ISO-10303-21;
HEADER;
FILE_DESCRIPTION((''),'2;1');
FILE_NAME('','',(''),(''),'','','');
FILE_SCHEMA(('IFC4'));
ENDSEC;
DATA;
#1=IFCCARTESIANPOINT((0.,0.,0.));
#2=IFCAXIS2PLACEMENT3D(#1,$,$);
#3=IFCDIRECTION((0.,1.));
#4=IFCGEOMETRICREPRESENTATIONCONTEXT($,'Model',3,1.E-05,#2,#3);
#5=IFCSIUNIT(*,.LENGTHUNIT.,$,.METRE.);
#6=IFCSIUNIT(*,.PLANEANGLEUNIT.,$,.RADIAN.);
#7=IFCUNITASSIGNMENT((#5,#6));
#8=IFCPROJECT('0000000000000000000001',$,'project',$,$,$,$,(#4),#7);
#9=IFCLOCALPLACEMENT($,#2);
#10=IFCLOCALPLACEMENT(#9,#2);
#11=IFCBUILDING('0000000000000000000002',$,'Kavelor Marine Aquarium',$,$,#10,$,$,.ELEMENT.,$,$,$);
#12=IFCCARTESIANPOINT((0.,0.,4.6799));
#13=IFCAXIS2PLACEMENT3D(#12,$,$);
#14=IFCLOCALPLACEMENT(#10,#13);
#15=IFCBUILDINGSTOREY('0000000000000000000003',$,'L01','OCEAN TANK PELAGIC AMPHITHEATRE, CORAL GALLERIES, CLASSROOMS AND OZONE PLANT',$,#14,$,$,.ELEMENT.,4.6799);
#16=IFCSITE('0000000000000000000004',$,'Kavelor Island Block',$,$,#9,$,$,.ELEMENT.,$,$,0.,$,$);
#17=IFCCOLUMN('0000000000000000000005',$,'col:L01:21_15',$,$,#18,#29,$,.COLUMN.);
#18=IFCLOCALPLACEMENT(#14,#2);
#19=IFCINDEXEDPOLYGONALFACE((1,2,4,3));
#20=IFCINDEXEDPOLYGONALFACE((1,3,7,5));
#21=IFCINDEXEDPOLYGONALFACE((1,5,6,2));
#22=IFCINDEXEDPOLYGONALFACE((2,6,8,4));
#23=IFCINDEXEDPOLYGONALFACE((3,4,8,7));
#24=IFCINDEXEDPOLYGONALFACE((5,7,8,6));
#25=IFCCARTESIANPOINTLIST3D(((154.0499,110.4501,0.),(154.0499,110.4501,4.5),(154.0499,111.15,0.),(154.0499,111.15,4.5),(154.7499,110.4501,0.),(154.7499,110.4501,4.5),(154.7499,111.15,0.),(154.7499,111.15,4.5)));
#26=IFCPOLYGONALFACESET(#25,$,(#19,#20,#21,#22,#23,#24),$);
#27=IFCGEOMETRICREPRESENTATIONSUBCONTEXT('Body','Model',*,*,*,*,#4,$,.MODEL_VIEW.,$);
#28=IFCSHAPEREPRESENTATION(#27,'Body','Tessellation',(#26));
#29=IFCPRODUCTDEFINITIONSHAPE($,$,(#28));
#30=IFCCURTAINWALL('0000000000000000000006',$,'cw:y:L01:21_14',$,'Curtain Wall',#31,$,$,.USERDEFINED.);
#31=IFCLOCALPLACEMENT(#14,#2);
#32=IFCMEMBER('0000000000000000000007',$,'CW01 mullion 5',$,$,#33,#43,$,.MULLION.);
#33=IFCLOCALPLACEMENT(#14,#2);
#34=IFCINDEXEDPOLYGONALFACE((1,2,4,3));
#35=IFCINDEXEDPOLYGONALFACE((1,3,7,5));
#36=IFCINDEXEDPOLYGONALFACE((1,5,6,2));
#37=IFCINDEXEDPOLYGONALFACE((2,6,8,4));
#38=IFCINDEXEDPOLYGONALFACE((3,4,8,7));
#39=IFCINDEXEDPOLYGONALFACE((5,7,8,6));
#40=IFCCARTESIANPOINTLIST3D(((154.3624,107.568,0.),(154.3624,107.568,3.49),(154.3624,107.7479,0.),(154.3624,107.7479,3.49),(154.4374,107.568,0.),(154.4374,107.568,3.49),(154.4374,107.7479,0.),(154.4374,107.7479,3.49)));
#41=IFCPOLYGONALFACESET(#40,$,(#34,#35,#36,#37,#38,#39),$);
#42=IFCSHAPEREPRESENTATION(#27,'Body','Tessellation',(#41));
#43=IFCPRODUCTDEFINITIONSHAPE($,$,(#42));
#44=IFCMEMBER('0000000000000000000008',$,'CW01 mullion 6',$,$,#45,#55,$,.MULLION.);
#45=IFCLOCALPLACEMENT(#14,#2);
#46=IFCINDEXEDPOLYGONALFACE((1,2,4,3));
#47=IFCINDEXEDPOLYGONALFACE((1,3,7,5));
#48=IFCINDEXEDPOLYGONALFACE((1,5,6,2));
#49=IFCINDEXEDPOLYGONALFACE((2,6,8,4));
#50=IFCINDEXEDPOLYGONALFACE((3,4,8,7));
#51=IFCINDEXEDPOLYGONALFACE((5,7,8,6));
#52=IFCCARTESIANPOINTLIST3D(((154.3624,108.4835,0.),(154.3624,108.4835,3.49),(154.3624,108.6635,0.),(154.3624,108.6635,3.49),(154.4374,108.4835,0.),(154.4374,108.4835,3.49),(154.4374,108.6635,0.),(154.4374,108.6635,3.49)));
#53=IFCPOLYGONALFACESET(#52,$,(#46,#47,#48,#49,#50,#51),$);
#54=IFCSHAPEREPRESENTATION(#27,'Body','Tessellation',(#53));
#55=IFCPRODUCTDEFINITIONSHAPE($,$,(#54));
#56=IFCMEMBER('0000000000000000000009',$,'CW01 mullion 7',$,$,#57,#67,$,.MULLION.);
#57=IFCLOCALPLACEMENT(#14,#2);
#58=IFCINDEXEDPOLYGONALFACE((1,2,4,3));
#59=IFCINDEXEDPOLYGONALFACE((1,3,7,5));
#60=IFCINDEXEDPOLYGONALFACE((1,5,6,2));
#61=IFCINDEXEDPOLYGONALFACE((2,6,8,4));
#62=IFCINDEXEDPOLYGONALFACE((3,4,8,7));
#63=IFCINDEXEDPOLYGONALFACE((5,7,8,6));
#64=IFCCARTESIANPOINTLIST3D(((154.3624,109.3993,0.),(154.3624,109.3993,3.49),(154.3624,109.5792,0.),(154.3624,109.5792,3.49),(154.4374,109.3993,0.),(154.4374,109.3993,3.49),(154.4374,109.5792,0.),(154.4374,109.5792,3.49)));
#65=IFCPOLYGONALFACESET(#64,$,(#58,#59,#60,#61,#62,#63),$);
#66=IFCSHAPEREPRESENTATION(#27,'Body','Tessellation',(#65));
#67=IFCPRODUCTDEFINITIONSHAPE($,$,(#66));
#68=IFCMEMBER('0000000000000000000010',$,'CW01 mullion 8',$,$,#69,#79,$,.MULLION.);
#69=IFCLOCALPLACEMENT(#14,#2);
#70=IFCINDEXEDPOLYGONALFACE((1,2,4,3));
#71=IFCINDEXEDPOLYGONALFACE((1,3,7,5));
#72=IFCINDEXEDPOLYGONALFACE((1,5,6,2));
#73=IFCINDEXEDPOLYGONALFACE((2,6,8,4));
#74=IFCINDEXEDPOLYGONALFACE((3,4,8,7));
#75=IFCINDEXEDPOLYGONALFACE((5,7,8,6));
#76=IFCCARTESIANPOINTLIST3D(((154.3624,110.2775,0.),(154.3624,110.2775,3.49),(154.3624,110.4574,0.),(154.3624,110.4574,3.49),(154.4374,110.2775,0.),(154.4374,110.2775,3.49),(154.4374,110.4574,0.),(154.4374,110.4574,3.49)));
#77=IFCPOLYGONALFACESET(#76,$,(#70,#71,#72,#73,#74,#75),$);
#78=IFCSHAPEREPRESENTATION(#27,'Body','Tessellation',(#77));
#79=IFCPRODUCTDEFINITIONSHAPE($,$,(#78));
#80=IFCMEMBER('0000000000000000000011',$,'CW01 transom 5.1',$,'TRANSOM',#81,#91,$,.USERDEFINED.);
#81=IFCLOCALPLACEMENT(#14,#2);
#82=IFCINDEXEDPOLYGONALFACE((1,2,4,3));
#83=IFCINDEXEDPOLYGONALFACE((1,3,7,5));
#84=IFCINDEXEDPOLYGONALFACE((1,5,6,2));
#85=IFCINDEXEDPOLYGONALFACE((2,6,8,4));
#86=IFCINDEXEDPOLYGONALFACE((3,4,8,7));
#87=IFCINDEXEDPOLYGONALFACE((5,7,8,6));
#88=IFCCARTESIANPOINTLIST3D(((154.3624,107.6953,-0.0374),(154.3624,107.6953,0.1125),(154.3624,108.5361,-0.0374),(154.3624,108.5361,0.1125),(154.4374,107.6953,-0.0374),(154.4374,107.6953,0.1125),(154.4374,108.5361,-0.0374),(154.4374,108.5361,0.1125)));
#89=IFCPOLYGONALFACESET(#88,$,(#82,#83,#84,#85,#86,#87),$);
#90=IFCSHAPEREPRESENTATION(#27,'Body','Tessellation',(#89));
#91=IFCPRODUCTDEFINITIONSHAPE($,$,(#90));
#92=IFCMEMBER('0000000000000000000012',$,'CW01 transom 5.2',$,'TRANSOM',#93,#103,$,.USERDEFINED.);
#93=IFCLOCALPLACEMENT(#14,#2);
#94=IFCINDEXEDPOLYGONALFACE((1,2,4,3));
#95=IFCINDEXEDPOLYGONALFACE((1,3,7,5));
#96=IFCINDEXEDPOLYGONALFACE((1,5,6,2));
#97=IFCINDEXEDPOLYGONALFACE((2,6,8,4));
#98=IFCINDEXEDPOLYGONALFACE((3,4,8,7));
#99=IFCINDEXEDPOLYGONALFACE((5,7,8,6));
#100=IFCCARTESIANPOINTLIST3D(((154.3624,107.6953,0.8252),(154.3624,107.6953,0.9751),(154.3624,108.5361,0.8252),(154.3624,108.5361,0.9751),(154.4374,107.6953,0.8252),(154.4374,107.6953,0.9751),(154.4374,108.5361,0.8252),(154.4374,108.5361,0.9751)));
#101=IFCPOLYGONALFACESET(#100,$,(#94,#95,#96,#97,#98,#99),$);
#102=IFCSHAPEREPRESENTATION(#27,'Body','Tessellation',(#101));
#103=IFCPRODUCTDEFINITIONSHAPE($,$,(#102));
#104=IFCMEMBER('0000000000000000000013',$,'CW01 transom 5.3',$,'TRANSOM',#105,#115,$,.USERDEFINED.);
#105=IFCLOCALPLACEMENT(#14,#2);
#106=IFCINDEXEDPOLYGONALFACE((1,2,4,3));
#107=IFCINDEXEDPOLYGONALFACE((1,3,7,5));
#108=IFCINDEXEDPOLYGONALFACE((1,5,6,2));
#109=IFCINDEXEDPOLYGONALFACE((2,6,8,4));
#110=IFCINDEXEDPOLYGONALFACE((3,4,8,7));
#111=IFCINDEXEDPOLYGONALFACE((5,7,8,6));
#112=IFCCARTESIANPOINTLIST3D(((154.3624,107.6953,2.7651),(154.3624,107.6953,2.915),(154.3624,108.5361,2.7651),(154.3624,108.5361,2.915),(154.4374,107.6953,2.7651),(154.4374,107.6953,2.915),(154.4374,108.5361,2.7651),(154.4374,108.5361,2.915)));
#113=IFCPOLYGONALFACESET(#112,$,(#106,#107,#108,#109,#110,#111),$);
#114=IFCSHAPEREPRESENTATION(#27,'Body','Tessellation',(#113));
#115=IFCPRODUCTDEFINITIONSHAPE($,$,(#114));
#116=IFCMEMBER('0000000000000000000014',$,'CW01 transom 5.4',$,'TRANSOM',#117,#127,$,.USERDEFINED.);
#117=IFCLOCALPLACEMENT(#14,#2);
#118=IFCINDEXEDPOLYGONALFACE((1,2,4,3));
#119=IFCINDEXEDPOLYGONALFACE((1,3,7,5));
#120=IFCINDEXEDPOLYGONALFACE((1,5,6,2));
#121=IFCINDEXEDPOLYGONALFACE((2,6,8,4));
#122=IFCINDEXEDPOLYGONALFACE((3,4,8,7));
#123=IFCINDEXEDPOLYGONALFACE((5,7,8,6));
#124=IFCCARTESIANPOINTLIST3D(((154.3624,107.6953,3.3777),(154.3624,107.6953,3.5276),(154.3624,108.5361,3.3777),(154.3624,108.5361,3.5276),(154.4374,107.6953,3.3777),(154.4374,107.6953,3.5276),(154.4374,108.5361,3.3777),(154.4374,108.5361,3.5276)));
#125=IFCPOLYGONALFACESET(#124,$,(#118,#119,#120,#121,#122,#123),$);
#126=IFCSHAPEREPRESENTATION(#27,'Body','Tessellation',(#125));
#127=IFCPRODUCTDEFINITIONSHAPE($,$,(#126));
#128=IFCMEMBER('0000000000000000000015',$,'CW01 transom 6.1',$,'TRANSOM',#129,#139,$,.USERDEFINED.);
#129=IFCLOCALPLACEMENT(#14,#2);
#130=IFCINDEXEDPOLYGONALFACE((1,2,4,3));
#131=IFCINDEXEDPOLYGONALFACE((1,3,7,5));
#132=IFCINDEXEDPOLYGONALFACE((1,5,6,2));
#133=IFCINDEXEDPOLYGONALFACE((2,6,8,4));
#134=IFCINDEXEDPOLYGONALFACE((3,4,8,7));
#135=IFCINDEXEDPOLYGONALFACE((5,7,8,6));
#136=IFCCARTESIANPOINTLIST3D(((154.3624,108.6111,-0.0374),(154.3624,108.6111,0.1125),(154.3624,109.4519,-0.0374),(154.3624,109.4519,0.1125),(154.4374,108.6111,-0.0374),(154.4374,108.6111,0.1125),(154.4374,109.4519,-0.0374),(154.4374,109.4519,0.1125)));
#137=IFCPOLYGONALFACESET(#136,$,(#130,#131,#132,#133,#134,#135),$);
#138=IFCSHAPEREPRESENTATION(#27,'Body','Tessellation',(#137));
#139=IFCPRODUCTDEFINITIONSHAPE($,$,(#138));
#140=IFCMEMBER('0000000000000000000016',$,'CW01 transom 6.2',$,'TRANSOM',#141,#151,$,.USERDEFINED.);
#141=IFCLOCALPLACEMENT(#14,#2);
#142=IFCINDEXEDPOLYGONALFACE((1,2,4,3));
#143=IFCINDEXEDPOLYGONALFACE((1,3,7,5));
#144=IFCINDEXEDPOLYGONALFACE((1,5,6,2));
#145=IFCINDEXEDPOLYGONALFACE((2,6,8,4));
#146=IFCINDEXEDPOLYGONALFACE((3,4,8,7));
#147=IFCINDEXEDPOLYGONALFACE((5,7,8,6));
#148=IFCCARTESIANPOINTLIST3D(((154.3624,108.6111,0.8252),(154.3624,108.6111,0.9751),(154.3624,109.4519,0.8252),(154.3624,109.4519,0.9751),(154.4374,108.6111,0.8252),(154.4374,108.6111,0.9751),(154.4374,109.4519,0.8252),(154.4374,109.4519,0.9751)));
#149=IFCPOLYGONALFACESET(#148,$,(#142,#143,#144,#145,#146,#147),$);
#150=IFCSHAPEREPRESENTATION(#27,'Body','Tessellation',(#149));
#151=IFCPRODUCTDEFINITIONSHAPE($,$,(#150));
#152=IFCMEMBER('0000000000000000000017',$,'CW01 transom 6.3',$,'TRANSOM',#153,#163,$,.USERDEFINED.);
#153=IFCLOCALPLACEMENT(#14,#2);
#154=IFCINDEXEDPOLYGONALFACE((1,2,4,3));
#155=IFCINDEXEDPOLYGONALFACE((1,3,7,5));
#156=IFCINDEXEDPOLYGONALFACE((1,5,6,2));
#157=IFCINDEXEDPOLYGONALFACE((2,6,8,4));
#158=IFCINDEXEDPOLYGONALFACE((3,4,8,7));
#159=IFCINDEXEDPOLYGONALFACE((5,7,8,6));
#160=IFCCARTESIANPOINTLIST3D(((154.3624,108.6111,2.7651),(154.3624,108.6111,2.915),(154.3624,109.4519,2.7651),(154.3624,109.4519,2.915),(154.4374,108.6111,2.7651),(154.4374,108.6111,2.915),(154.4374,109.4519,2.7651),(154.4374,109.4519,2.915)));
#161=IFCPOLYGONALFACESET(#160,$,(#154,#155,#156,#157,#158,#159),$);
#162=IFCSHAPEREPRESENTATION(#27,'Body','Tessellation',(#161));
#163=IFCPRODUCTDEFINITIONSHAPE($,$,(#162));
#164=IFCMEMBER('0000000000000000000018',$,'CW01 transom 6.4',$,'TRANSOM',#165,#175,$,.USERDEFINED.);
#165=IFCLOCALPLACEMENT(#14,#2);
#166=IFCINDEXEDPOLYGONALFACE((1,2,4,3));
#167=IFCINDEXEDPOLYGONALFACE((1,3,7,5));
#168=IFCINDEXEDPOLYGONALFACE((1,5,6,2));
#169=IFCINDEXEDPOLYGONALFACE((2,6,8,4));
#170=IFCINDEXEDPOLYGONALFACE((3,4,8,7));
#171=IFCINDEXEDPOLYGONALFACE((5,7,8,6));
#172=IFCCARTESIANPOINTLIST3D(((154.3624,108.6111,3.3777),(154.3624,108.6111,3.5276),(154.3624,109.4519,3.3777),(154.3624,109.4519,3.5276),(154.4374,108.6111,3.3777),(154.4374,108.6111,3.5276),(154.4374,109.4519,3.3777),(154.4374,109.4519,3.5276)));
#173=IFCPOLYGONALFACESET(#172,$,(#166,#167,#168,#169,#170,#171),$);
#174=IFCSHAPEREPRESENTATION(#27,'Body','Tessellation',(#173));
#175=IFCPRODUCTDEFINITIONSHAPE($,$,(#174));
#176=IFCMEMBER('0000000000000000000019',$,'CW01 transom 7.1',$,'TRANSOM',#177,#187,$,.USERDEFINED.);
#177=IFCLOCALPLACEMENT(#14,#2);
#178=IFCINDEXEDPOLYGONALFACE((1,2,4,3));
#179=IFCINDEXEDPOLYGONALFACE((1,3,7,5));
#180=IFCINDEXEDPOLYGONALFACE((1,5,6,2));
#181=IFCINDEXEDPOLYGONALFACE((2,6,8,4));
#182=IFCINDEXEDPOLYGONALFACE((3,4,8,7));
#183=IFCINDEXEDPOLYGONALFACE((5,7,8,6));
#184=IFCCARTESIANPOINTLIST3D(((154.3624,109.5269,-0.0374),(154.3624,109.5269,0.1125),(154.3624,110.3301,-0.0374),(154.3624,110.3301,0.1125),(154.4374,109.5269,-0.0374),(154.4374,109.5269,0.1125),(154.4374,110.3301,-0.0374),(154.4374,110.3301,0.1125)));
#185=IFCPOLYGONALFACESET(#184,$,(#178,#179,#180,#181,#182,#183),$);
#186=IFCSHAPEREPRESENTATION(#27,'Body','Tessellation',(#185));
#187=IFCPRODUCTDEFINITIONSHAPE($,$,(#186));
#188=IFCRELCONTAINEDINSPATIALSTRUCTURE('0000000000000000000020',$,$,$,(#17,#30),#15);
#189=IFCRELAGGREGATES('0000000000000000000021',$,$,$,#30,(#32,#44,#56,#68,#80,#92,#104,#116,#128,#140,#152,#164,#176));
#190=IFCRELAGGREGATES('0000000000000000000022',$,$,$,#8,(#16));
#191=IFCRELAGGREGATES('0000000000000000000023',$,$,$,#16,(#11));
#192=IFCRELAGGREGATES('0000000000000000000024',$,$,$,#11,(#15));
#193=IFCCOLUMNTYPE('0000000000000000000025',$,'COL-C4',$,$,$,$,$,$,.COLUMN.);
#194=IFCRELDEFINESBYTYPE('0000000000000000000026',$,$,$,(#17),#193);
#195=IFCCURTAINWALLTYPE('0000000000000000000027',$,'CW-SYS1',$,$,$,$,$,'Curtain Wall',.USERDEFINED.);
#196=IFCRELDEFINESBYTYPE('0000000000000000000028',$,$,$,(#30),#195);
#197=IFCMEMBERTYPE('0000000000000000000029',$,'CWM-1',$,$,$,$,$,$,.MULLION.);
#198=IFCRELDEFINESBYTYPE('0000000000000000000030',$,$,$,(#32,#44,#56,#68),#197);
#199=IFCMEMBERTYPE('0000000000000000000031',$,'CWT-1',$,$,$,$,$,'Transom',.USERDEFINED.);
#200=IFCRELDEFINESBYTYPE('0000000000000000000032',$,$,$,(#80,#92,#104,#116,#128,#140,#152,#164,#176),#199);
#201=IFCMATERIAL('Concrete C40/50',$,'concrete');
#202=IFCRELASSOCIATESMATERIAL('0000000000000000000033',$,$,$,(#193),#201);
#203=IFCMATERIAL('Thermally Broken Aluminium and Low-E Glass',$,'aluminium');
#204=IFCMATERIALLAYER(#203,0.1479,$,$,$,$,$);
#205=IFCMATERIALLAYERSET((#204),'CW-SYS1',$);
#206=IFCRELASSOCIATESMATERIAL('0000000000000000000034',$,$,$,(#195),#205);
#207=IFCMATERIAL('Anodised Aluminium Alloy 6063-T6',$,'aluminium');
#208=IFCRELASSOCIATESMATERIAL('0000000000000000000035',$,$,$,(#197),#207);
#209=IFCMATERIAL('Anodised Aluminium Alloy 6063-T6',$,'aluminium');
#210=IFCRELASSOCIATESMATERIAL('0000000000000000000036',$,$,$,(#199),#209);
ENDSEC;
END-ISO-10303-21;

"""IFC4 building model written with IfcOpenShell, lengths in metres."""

from ifc_helpers import new_model, si_unit, direction, frame, origin, origin_2d, place, context, subcontext, project, spatial, rectangle, extrude, material, layer, layer_set, material_profile, profile_set, type_object, element, aggregate, save


model = new_model("IFC4")

# Units and contexts
model_context = context("Model", 3, precision=1e-05, world=origin(), true_north=direction((0.0, 1.0)))
body_context = subcontext(model_context, "Body", "Model", "MODEL_VIEW")
ifc_project = project(units=[si_unit("LENGTHUNIT", "METRE"), si_unit("PLANEANGLEUNIT", "RADIAN")], contexts=[model_context])

# Site, building, storey
site_placement = place(None, origin())
site = spatial("IfcSite", under=ifc_project, at=site_placement, Name="Kavelor Island Block", CompositionType="ELEMENT", RefElevation=0.0)
building_placement = place(site_placement, origin())
building = spatial("IfcBuilding", under=site, at=building_placement, Name="Kavelor Marine Aquarium", CompositionType="ELEMENT")
storey_placement = place(building_placement, frame((0.0, 0.0, 4.6799)))
storey = spatial("IfcBuildingStorey", under=building, at=storey_placement, Name="L01", Description="OCEAN TANK PELAGIC AMPHITHEATRE, CORAL GALLERIES, CLASSROOMS AND OZONE PLANT", CompositionType="ELEMENT", Elevation=4.6799)

# Column
ifc_material_1 = material(Name="Concrete C40/50", Category="concrete")
ifc_material_profile_1 = material_profile(ifc_material_1, rectangle(XDim=0.7, YDim=0.7, at=origin_2d()), Name="RC-COL 700x700")
ifc_profile_set_1 = profile_set([ifc_material_profile_1], Name="Concrete C40/50")
column_type = type_object("IfcColumnType", Name="COL-C4", PredefinedType="COLUMN", material=ifc_profile_set_1)
column_placement = place(storey_placement, frame((154.3999, 110.8, 0.0), z_axis=(0.0, 0.0, 1.0), x_axis=(1.0, 0.0, 0.0)))
element("IfcColumn", 1, at=column_placement, inside=storey, type_object=column_type, Name="col:L01:21_15", PredefinedType="COLUMN", context=body_context, shape_type="SweptSolid", body=[
    extrude(rectangle(XDim=0.7, YDim=0.7, at=origin_2d()), origin(), (0.0, 0.0, 1.0), 4.5),
])

# Curtain wall, members
ifc_material_2 = material(Name="Thermally Broken Aluminium and Low-E Glass", Category="aluminium")
ifc_layer_1 = layer(ifc_material_2, 0.1479)
ifc_layer_set_1 = layer_set([ifc_layer_1], Name="CW-SYS1")
curtain_wall_type = type_object("IfcCurtainWallType", Name="CW-SYS1", ElementType="Curtain Wall", PredefinedType="USERDEFINED", material=ifc_layer_set_1)
curtain_wall_placement = place(storey_placement, origin())
curtain_wall = element("IfcCurtainWall", 2, at=curtain_wall_placement, inside=storey, type_object=curtain_wall_type, Name="cw:y:L01:21_14", ObjectType="Curtain Wall", PredefinedType="USERDEFINED")
ifc_material_3 = material(Name="Anodised Aluminium Alloy 6063-T6", Category="aluminium")
ifc_material_profile_2 = material_profile(ifc_material_3, rectangle(XDim=0.075, YDim=0.1799, at=origin_2d()), Name="CW-MUL 75x180")
ifc_profile_set_2 = profile_set([ifc_material_profile_2], Name="Anodised Aluminium Alloy 6063-T6")
member_type_1 = type_object("IfcMemberType", Name="CWM-1", PredefinedType="MULLION", material=ifc_profile_set_2)
member_1_placement = place(storey_placement, frame((154.3999, 107.658, 0.0), z_axis=(0.0, 0.0, 1.0), x_axis=(-1.0, 0.0, 0.0)))
member_1 = element("IfcMember", 3, at=member_1_placement, type_object=member_type_1, Name="CW01 mullion 5", PredefinedType="MULLION", context=body_context, shape_type="SweptSolid", body=[
    extrude(rectangle(XDim=0.075, YDim=0.1799, at=origin_2d()), origin(), (0.0, 0.0, 1.0), 3.49),
])
member_2_placement = place(storey_placement, frame((154.3999, 108.5735, 0.0), z_axis=(0.0, 0.0, 1.0), x_axis=(-1.0, 0.0, 0.0)))
member_2 = element("IfcMember", 4, at=member_2_placement, type_object=member_type_1, Name="CW01 mullion 6", PredefinedType="MULLION", context=body_context, shape_type="SweptSolid", body=[
    extrude(rectangle(XDim=0.075, YDim=0.1799, at=origin_2d()), origin(), (0.0, 0.0, 1.0), 3.49),
])
member_3_placement = place(storey_placement, frame((154.3999, 109.4893, 0.0), z_axis=(0.0, 0.0, 1.0), x_axis=(-1.0, 0.0, 0.0)))
member_3 = element("IfcMember", 5, at=member_3_placement, type_object=member_type_1, Name="CW01 mullion 7", PredefinedType="MULLION", context=body_context, shape_type="SweptSolid", body=[
    extrude(rectangle(XDim=0.075, YDim=0.1799, at=origin_2d()), origin(), (0.0, 0.0, 1.0), 3.49),
])
member_4_placement = place(storey_placement, frame((154.3999, 110.3674, 0.0), z_axis=(0.0, 0.0, 1.0), x_axis=(-1.0, 0.0, 0.0)))
member_4 = element("IfcMember", 6, at=member_4_placement, type_object=member_type_1, Name="CW01 mullion 8", PredefinedType="MULLION", context=body_context, shape_type="SweptSolid", body=[
    extrude(rectangle(XDim=0.075, YDim=0.1799, at=origin_2d()), origin(), (0.0, 0.0, 1.0), 3.49),
])
ifc_material_4 = material(Name="Anodised Aluminium Alloy 6063-T6", Category="aluminium")
ifc_material_profile_3 = material_profile(ifc_material_4, rectangle(XDim=0.075, YDim=0.1499, at=origin_2d()), Name="CW-TRN 75x150")
ifc_profile_set_3 = profile_set([ifc_material_profile_3], Name="Anodised Aluminium Alloy 6063-T6")
member_type_2 = type_object("IfcMemberType", Name="CWT-1", ElementType="Transom", PredefinedType="USERDEFINED", material=ifc_profile_set_3)
member_5_placement = place(storey_placement, frame((154.3999, 107.6953, 0.0376), z_axis=(0.0, 1.0, 0.0), x_axis=(-1.0, 0.0, 0.0)))
member_5 = element("IfcMember", 7, at=member_5_placement, type_object=member_type_2, Name="CW01 transom 5.1", ObjectType="TRANSOM", PredefinedType="USERDEFINED", context=body_context, shape_type="SweptSolid", body=[
    extrude(rectangle(XDim=0.075, YDim=0.1499, at=origin_2d()), origin(), (0.0, 0.0, 1.0), 0.8408),
])
member_6_placement = place(storey_placement, frame((154.3999, 107.6953, 0.9001), z_axis=(0.0, 1.0, 0.0), x_axis=(-1.0, 0.0, 0.0)))
member_6 = element("IfcMember", 8, at=member_6_placement, type_object=member_type_2, Name="CW01 transom 5.2", ObjectType="TRANSOM", PredefinedType="USERDEFINED", context=body_context, shape_type="SweptSolid", body=[
    extrude(rectangle(XDim=0.075, YDim=0.1499, at=origin_2d()), origin(), (0.0, 0.0, 1.0), 0.8408),
])
member_7_placement = place(storey_placement, frame((154.3999, 107.6953, 2.8401), z_axis=(0.0, 1.0, 0.0), x_axis=(-1.0, 0.0, 0.0)))
member_7 = element("IfcMember", 9, at=member_7_placement, type_object=member_type_2, Name="CW01 transom 5.3", ObjectType="TRANSOM", PredefinedType="USERDEFINED", context=body_context, shape_type="SweptSolid", body=[
    extrude(rectangle(XDim=0.075, YDim=0.1499, at=origin_2d()), origin(), (0.0, 0.0, 1.0), 0.8408),
])
member_8_placement = place(storey_placement, frame((154.3999, 107.6953, 3.4526), z_axis=(0.0, 1.0, 0.0), x_axis=(-1.0, 0.0, 0.0)))
member_8 = element("IfcMember", 10, at=member_8_placement, type_object=member_type_2, Name="CW01 transom 5.4", ObjectType="TRANSOM", PredefinedType="USERDEFINED", context=body_context, shape_type="SweptSolid", body=[
    extrude(rectangle(XDim=0.075, YDim=0.1499, at=origin_2d()), origin(), (0.0, 0.0, 1.0), 0.8408),
])
member_9_placement = place(storey_placement, frame((154.3999, 108.6111, 0.0376), z_axis=(0.0, 1.0, 0.0), x_axis=(-1.0, 0.0, 0.0)))
member_9 = element("IfcMember", 11, at=member_9_placement, type_object=member_type_2, Name="CW01 transom 6.1", ObjectType="TRANSOM", PredefinedType="USERDEFINED", context=body_context, shape_type="SweptSolid", body=[
    extrude(rectangle(XDim=0.075, YDim=0.1499, at=origin_2d()), origin(), (0.0, 0.0, 1.0), 0.8408),
])
member_10_placement = place(storey_placement, frame((154.3999, 108.6111, 0.9001), z_axis=(0.0, 1.0, 0.0), x_axis=(-1.0, 0.0, 0.0)))
member_10 = element("IfcMember", 12, at=member_10_placement, type_object=member_type_2, Name="CW01 transom 6.2", ObjectType="TRANSOM", PredefinedType="USERDEFINED", context=body_context, shape_type="SweptSolid", body=[
    extrude(rectangle(XDim=0.075, YDim=0.1499, at=origin_2d()), origin(), (0.0, 0.0, 1.0), 0.8408),
])
member_11_placement = place(storey_placement, frame((154.3999, 108.6111, 2.8401), z_axis=(0.0, 1.0, 0.0), x_axis=(-1.0, 0.0, 0.0)))
member_11 = element("IfcMember", 13, at=member_11_placement, type_object=member_type_2, Name="CW01 transom 6.3", ObjectType="TRANSOM", PredefinedType="USERDEFINED", context=body_context, shape_type="SweptSolid", body=[
    extrude(rectangle(XDim=0.075, YDim=0.1499, at=origin_2d()), origin(), (0.0, 0.0, 1.0), 0.8408),
])
member_12_placement = place(storey_placement, frame((154.3999, 108.6111, 3.4526), z_axis=(0.0, 1.0, 0.0), x_axis=(-1.0, 0.0, 0.0)))
member_12 = element("IfcMember", 14, at=member_12_placement, type_object=member_type_2, Name="CW01 transom 6.4", ObjectType="TRANSOM", PredefinedType="USERDEFINED", context=body_context, shape_type="SweptSolid", body=[
    extrude(rectangle(XDim=0.075, YDim=0.1499, at=origin_2d()), origin(), (0.0, 0.0, 1.0), 0.8408),
])
member_13_placement = place(storey_placement, frame((154.3999, 109.5269, 0.0376), z_axis=(0.0, 1.0, 0.0), x_axis=(-1.0, 0.0, 0.0)))
member_13 = element("IfcMember", 15, at=member_13_placement, type_object=member_type_2, Name="CW01 transom 7.1", ObjectType="TRANSOM", PredefinedType="USERDEFINED", context=body_context, shape_type="SweptSolid", body=[
    extrude(rectangle(XDim=0.075, YDim=0.1499, at=origin_2d()), origin(), (0.0, 0.0, 1.0), 0.8032),
])
aggregate(curtain_wall, [member_1, member_2, member_3, member_4, member_5, member_6, member_7, member_8, member_9, member_10, member_11, member_12, member_13])

save(model, "model.ifc")
